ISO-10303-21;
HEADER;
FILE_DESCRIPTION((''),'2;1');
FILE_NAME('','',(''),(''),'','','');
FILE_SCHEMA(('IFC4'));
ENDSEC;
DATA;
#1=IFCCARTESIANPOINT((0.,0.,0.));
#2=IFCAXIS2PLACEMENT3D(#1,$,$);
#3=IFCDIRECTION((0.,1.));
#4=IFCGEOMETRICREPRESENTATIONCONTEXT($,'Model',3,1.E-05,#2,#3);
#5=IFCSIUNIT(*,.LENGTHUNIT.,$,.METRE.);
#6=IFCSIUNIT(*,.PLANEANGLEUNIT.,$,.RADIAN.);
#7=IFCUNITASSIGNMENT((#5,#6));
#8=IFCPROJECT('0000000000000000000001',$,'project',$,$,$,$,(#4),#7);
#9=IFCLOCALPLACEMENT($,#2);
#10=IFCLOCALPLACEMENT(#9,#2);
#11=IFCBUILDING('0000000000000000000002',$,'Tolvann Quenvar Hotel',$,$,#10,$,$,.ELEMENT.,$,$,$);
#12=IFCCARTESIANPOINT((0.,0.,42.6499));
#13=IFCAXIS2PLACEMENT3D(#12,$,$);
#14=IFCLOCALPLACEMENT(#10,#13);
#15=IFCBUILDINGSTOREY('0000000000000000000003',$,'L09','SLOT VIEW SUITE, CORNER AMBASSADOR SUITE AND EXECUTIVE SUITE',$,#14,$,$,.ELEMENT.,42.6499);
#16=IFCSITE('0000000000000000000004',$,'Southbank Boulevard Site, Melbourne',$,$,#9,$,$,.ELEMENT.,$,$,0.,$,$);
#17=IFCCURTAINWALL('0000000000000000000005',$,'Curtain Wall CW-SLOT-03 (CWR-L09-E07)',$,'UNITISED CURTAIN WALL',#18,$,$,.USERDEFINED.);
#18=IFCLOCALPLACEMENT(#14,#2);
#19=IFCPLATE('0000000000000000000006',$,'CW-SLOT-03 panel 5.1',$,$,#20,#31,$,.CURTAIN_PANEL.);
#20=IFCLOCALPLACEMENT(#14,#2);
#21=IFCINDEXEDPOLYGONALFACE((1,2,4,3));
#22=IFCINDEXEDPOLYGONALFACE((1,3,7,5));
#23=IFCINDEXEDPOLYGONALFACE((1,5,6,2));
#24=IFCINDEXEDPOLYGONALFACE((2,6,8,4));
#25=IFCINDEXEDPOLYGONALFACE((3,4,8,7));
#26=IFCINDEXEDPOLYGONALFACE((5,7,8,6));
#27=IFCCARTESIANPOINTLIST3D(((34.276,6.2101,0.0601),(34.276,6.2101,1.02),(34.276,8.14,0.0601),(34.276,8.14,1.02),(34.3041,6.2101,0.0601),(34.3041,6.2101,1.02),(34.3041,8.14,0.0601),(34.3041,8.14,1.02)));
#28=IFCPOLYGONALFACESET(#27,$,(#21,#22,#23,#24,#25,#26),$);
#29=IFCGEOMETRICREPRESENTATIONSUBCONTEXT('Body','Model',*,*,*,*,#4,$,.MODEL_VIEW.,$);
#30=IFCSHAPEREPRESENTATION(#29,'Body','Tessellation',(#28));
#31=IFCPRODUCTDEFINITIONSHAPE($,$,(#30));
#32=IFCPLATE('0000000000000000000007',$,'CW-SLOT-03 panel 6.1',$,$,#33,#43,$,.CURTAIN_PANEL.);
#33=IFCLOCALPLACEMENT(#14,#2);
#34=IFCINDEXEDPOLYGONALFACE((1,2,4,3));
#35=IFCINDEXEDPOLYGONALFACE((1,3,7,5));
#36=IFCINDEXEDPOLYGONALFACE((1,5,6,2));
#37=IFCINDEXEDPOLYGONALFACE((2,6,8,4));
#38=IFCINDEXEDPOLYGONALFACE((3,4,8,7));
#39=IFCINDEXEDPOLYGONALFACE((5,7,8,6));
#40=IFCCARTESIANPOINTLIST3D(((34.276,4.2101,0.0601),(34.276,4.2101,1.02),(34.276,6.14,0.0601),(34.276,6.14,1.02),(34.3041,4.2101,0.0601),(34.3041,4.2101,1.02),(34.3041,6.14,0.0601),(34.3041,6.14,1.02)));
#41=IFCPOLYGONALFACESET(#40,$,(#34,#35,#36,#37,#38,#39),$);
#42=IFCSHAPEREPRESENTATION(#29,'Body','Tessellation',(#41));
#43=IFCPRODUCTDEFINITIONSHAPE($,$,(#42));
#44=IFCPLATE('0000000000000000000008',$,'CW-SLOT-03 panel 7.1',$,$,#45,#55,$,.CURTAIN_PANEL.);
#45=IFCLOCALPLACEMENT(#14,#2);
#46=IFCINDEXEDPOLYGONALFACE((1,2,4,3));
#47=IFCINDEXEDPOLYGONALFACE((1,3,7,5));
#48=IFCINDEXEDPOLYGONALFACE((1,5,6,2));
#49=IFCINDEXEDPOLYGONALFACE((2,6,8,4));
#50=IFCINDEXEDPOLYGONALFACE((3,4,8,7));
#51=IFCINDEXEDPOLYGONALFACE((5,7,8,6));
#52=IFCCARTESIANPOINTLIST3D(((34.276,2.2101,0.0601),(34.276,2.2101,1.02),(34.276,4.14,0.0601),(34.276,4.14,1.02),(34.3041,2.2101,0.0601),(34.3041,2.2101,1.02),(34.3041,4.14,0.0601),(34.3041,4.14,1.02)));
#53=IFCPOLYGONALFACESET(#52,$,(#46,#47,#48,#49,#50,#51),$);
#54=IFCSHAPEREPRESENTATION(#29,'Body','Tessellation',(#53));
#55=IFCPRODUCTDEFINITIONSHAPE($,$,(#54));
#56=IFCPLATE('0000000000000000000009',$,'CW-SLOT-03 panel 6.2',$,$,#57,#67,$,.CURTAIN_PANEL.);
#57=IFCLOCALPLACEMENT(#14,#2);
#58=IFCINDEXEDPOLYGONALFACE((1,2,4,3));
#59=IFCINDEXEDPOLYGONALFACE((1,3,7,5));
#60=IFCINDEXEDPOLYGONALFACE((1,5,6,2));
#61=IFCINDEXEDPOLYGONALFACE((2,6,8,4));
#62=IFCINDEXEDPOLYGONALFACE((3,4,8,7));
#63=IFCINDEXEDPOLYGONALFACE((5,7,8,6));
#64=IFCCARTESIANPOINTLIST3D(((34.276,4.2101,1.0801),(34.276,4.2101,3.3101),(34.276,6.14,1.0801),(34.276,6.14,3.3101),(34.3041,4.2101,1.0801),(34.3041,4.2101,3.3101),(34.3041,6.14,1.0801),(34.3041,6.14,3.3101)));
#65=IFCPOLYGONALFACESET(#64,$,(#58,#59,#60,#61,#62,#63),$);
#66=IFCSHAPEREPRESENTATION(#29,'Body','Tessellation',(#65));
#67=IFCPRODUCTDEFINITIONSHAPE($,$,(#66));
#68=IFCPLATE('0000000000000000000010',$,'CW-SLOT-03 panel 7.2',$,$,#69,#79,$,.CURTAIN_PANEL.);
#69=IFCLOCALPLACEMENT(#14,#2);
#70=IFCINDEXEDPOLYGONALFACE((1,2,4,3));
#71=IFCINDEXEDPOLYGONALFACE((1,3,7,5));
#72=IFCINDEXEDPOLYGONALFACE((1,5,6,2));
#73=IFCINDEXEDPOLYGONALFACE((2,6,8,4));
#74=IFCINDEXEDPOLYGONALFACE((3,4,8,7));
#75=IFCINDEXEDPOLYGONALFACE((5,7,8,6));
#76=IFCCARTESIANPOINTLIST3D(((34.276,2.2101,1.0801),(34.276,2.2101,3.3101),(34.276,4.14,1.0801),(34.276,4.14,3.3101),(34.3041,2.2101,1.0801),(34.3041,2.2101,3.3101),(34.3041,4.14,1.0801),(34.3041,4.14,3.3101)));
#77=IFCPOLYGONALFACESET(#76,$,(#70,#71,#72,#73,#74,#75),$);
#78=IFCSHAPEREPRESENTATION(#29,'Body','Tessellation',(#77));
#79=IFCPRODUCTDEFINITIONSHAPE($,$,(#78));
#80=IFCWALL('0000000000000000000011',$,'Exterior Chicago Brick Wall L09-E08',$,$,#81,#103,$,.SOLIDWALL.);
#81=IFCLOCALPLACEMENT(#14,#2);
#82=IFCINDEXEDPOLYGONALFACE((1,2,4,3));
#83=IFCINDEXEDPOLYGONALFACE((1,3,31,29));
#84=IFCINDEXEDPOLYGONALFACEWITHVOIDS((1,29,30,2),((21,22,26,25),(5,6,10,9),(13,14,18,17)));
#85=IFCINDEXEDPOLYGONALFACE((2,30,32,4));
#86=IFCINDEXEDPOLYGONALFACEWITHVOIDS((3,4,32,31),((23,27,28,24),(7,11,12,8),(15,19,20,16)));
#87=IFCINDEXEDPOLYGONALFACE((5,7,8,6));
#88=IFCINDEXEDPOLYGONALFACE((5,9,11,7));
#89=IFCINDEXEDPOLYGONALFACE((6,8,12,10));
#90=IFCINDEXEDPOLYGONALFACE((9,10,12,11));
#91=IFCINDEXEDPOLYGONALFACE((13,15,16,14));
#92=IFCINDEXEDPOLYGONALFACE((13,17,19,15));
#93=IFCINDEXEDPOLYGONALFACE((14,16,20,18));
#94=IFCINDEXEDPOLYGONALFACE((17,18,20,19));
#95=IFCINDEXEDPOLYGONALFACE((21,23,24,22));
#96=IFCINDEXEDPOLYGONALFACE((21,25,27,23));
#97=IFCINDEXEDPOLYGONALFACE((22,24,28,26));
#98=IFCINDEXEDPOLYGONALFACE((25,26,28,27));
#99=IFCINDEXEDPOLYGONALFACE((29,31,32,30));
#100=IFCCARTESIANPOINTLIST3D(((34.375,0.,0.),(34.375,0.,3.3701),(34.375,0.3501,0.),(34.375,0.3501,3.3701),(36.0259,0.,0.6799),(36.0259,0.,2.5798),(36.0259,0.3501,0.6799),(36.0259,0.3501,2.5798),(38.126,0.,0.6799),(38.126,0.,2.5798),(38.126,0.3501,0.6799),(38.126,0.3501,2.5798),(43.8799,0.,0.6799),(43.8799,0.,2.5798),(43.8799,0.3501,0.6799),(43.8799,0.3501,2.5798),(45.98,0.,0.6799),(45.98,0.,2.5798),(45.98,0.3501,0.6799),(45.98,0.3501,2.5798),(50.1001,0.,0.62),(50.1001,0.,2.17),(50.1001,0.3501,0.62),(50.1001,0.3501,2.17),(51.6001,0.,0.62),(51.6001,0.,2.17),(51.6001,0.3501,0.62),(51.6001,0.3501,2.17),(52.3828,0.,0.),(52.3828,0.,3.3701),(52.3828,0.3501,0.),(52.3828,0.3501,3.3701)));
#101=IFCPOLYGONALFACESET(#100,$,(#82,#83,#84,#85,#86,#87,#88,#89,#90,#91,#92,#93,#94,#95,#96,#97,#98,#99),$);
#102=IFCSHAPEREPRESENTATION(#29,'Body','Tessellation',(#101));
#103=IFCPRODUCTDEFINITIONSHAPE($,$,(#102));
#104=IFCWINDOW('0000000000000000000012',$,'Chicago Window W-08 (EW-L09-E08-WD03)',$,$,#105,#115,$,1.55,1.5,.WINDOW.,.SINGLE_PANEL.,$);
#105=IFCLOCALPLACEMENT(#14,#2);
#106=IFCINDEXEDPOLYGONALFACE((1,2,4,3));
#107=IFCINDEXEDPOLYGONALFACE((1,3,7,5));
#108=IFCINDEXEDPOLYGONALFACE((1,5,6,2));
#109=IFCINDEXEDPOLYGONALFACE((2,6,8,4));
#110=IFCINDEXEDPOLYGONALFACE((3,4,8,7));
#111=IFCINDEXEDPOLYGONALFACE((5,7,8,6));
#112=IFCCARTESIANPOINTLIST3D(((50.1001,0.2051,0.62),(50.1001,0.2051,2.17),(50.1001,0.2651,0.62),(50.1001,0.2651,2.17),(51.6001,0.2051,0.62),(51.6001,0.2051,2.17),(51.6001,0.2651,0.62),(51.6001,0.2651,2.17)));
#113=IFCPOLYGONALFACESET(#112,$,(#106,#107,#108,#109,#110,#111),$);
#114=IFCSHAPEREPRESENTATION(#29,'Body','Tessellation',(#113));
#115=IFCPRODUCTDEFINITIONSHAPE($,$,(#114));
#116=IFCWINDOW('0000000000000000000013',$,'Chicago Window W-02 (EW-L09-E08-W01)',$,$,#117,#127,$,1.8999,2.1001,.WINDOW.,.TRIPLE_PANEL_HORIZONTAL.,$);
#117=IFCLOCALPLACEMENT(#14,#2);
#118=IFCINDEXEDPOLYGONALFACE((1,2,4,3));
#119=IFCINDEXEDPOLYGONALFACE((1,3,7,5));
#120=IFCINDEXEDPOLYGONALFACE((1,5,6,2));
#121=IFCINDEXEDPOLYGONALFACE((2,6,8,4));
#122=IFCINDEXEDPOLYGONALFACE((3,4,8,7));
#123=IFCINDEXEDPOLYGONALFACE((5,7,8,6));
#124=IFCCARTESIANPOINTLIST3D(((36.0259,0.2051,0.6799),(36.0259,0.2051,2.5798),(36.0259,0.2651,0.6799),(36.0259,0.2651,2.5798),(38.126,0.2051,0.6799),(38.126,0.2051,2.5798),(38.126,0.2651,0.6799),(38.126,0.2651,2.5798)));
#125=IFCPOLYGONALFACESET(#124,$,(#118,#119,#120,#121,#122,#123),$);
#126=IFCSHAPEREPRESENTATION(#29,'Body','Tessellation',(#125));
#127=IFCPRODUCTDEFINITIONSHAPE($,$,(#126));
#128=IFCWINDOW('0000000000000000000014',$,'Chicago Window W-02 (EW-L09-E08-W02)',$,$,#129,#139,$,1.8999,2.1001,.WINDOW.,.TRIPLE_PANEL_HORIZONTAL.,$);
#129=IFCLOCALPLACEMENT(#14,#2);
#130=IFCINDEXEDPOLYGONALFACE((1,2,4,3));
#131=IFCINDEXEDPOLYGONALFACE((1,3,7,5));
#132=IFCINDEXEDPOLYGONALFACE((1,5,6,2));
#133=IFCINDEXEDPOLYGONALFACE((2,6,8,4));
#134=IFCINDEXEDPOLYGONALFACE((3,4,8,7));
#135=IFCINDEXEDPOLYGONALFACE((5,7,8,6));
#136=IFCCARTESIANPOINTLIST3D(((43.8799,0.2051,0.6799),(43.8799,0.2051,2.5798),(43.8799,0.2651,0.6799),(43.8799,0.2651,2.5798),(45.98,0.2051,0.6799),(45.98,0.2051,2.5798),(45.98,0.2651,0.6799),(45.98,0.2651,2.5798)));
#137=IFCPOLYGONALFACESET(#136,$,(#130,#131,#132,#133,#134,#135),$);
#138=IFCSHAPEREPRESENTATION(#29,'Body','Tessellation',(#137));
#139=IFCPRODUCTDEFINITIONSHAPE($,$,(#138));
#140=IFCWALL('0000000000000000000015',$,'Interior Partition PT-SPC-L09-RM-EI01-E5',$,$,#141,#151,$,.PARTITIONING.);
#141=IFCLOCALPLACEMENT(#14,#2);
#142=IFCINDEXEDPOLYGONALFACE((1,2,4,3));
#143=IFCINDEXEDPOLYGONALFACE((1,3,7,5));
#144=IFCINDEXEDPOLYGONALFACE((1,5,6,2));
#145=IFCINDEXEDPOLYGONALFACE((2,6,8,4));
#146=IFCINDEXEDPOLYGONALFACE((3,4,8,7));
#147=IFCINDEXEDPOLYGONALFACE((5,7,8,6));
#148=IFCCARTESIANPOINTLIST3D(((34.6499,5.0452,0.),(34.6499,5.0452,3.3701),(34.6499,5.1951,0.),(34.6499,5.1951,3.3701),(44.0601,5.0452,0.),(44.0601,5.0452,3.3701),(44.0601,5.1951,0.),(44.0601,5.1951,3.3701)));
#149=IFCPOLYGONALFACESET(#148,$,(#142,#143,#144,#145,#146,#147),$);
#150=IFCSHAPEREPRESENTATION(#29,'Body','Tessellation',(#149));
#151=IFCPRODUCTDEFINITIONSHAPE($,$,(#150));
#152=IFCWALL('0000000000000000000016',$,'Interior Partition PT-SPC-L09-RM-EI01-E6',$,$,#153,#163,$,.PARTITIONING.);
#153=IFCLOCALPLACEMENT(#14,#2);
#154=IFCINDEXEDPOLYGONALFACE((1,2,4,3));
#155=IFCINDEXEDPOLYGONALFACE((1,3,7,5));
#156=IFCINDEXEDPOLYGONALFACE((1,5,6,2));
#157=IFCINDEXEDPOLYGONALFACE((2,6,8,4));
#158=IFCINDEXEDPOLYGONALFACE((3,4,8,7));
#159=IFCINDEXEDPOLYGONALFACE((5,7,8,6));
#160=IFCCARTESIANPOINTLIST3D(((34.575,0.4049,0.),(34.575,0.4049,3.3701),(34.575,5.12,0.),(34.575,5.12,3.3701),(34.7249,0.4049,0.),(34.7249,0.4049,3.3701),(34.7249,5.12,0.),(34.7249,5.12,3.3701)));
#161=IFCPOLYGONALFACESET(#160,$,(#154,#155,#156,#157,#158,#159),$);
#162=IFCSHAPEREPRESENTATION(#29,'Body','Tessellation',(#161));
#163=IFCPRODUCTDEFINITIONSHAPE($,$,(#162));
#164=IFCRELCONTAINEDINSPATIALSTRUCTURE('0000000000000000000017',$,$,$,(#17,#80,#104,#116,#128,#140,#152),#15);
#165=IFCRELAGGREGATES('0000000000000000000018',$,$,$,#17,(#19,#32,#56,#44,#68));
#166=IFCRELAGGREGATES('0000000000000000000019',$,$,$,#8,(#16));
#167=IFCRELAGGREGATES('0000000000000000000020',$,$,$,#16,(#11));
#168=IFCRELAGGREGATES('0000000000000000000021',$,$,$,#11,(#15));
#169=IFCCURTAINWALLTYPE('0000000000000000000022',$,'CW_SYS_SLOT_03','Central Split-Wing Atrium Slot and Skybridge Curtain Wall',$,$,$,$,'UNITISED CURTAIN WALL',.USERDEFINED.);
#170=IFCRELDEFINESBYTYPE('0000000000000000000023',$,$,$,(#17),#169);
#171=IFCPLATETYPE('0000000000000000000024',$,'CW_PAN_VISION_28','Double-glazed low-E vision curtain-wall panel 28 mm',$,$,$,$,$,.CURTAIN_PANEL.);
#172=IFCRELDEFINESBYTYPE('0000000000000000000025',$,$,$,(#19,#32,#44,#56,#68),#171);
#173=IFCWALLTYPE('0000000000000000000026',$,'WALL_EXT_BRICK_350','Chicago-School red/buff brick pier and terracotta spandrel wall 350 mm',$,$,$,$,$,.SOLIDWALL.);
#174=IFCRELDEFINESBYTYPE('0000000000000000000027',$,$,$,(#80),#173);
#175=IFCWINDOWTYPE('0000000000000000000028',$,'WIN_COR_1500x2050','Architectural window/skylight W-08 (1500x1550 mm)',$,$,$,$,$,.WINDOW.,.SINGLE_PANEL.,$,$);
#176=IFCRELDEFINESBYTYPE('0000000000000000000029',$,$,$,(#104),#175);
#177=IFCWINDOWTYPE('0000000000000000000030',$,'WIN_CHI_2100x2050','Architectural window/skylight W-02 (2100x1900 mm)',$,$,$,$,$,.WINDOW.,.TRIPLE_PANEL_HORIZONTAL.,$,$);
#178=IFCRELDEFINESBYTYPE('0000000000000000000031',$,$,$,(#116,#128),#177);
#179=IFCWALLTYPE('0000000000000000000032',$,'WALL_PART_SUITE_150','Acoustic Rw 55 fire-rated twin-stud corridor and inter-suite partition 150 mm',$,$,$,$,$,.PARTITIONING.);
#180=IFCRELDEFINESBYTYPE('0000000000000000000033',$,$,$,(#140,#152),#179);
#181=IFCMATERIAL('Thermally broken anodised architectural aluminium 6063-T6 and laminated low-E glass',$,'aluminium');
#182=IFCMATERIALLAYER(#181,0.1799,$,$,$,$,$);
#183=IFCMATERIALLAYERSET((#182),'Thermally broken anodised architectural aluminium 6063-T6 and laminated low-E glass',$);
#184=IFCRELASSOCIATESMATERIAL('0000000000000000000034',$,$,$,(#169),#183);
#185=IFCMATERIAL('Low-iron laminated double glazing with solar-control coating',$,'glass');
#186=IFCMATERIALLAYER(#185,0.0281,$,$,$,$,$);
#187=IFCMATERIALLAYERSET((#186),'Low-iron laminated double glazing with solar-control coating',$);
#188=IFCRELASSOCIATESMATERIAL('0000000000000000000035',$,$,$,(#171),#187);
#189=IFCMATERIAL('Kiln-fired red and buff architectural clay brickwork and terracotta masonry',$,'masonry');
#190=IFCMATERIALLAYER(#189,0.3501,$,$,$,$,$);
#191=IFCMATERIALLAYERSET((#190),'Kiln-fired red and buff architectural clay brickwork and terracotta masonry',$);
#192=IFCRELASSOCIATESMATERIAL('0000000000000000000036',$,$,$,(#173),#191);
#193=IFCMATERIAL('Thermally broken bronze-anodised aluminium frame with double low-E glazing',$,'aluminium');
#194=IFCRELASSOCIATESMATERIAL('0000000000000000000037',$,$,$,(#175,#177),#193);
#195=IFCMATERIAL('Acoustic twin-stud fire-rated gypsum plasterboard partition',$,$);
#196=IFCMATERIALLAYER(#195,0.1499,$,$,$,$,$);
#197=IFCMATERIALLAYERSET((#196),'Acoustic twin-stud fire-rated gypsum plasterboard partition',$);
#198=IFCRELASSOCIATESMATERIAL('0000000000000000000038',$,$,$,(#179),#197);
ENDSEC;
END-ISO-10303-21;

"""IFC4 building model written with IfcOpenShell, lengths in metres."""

from ifc_helpers import new_model, si_unit, direction, frame, frame_2d, origin, origin_2d, place, context, subcontext, project, spatial, rectangle, extrude, source, transform, mapped, material, layer, layer_set, type_object, type_shapes, element, fill, aggregate, save


model = new_model("IFC4")

# Units and contexts
model_context = context("Model", 3, precision=1e-05, world=origin(), true_north=direction((0.0, 1.0)))
body_context = subcontext(model_context, "Body", "Model", "MODEL_VIEW")
ifc_project = project(units=[si_unit("LENGTHUNIT", "METRE"), si_unit("PLANEANGLEUNIT", "RADIAN")], contexts=[model_context])

# Site, building, storey
site_placement = place(None, origin())
site = spatial("IfcSite", under=ifc_project, at=site_placement, Name="Southbank Boulevard Site, Melbourne", CompositionType="ELEMENT", RefElevation=0.0)
building_placement = place(site_placement, origin())
building = spatial("IfcBuilding", under=site, at=building_placement, Name="Tolvann Quenvar Hotel", CompositionType="ELEMENT")
storey_placement = place(building_placement, frame((0.0, 0.0, 42.6499)))
storey = spatial("IfcBuildingStorey", under=building, at=storey_placement, Name="L09", Description="SLOT VIEW SUITE, CORNER AMBASSADOR SUITE AND EXECUTIVE SUITE", CompositionType="ELEMENT", Elevation=42.6499)

# Curtain wall, plates
ifc_material_1 = material(Name="Thermally broken anodised architectural aluminium 6063-T6 and laminated low-E glass", Category="aluminium")
ifc_layer_1 = layer(ifc_material_1, 0.1799)
ifc_layer_set_1 = layer_set([ifc_layer_1], Name="Thermally broken anodised architectural aluminium 6063-T6 and laminated low-E glass")
curtain_wall_type = type_object("IfcCurtainWallType", Name="CW_SYS_SLOT_03", Description="Central Split-Wing Atrium Slot and Skybridge Curtain Wall", ElementType="UNITISED CURTAIN WALL", PredefinedType="USERDEFINED", material=ifc_layer_set_1)
curtain_wall_placement = place(storey_placement, origin())
curtain_wall = element("IfcCurtainWall", 1, at=curtain_wall_placement, inside=storey, type_object=curtain_wall_type, Name="Curtain Wall CW-SLOT-03 (CWR-L09-E07)", ObjectType="UNITISED CURTAIN WALL", PredefinedType="USERDEFINED")
ifc_material_2 = material(Name="Low-iron laminated double glazing with solar-control coating", Category="glass")
ifc_layer_2 = layer(ifc_material_2, 0.0281)
ifc_layer_set_2 = layer_set([ifc_layer_2], Name="Low-iron laminated double glazing with solar-control coating")
plate_type = type_object("IfcPlateType", Name="CW_PAN_VISION_28", Description="Double-glazed low-E vision curtain-wall panel 28 mm", PredefinedType="CURTAIN_PANEL", material=ifc_layer_set_2)
shared_shape_1 = source(origin(), body_context, "Body", "SweptSolid", [
    extrude(rectangle(XDim=1.9299, YDim=0.0281, at=origin_2d()), origin(), (0.0, 0.0, 1.0), 0.96),
])
plate_1_placement = place(storey_placement, frame((34.29, 7.175, 0.0601), z_axis=(0.0, 0.0, 1.0), x_axis=(0.0, -1.0, 0.0)))
plate_1 = element("IfcPlate", 2, at=plate_1_placement, type_object=plate_type, Name="CW-SLOT-03 panel 5.1", PredefinedType="CURTAIN_PANEL", context=body_context, shape_type="MappedRepresentation", body=[
    mapped(shared_shape_1, transform((0.0, 0.0, 0.0), x_axis=(1.0, 0.0, 0.0), y_axis=(0.0, 1.0, 0.0), z_axis=(0.0, 0.0, 1.0), scale=1.0)),
])
plate_2_placement = place(storey_placement, frame((34.29, 5.175, 0.0601), z_axis=(0.0, 0.0, 1.0), x_axis=(0.0, -1.0, 0.0)))
plate_2 = element("IfcPlate", 3, at=plate_2_placement, type_object=plate_type, Name="CW-SLOT-03 panel 6.1", PredefinedType="CURTAIN_PANEL", context=body_context, shape_type="MappedRepresentation", body=[
    mapped(shared_shape_1, transform((0.0, 0.0, 0.0), x_axis=(1.0, 0.0, 0.0), y_axis=(0.0, 1.0, 0.0), z_axis=(0.0, 0.0, 1.0), scale=1.0)),
])
plate_3_placement = place(storey_placement, frame((34.29, 3.175, 0.0601), z_axis=(0.0, 0.0, 1.0), x_axis=(0.0, -1.0, 0.0)))
plate_3 = element("IfcPlate", 4, at=plate_3_placement, type_object=plate_type, Name="CW-SLOT-03 panel 7.1", PredefinedType="CURTAIN_PANEL", context=body_context, shape_type="MappedRepresentation", body=[
    mapped(shared_shape_1, transform((0.0, 0.0, 0.0), x_axis=(1.0, 0.0, 0.0), y_axis=(0.0, 1.0, 0.0), z_axis=(0.0, 0.0, 1.0), scale=1.0)),
])
shared_shape_2 = source(origin(), body_context, "Body", "SweptSolid", [
    extrude(rectangle(XDim=1.9299, YDim=0.0281, at=origin_2d()), origin(), (0.0, 0.0, 1.0), 2.23),
])
plate_4_placement = place(storey_placement, frame((34.29, 5.175, 1.0801), z_axis=(0.0, 0.0, 1.0), x_axis=(0.0, -1.0, 0.0)))
plate_4 = element("IfcPlate", 5, at=plate_4_placement, type_object=plate_type, Name="CW-SLOT-03 panel 6.2", PredefinedType="CURTAIN_PANEL", context=body_context, shape_type="MappedRepresentation", body=[
    mapped(shared_shape_2, transform((0.0, 0.0, 0.0), x_axis=(1.0, 0.0, 0.0), y_axis=(0.0, 1.0, 0.0), z_axis=(0.0, 0.0, 1.0), scale=1.0)),
])
plate_5_placement = place(storey_placement, frame((34.29, 3.175, 1.0801), z_axis=(0.0, 0.0, 1.0), x_axis=(0.0, -1.0, 0.0)))
plate_5 = element("IfcPlate", 6, at=plate_5_placement, type_object=plate_type, Name="CW-SLOT-03 panel 7.2", PredefinedType="CURTAIN_PANEL", context=body_context, shape_type="MappedRepresentation", body=[
    mapped(shared_shape_2, transform((0.0, 0.0, 0.0), x_axis=(1.0, 0.0, 0.0), y_axis=(0.0, 1.0, 0.0), z_axis=(0.0, 0.0, 1.0), scale=1.0)),
])
aggregate(curtain_wall, [plate_1, plate_2, plate_4, plate_3, plate_5])

# Wall, openings, windows
ifc_material_3 = material(Name="Kiln-fired red and buff architectural clay brickwork and terracotta masonry", Category="masonry")
ifc_layer_3 = layer(ifc_material_3, 0.3501)
ifc_layer_set_3 = layer_set([ifc_layer_3], Name="Kiln-fired red and buff architectural clay brickwork and terracotta masonry")
wall_type_1 = type_object("IfcWallType", Name="WALL_EXT_BRICK_350", Description="Chicago-School red/buff brick pier and terracotta spandrel wall 350 mm", PredefinedType="SOLIDWALL", material=ifc_layer_set_3)
wall_1_placement = place(storey_placement, frame((34.375, 0.175, 0.0), z_axis=(0.0, 0.0, 1.0), x_axis=(1.0, 0.0, 0.0)))
wall_1 = element("IfcWall", 7, at=wall_1_placement, inside=storey, type_object=wall_type_1, Name="Exterior Chicago Brick Wall L09-E08", PredefinedType="SOLIDWALL", context=body_context, shape_type="SweptSolid", body=[
    extrude(rectangle(XDim=18.0078, YDim=0.3501, at=frame_2d((9.0039, 0.0))), origin(), (0.0, 0.0, 1.0), 3.3701),
])
opening_1_placement = place(wall_1_placement, frame((1.6509, 0.0, 0.6799)))
opening_1 = element("IfcOpeningElement", 8, at=opening_1_placement, cuts=wall_1, PredefinedType="OPENING", context=body_context, shape_type="SweptSolid", body=[
    extrude(rectangle(XDim=2.1001, YDim=1.8999, at=frame_2d((1.05, 0.95))), frame((0.0, 0.1851, 0.0), z_axis=(0.0, -1.0, 0.0), x_axis=(1.0, 0.0, 0.0)), (0.0, 0.0, 1.0), 0.3701),
])
opening_2_placement = place(wall_1_placement, frame((9.5049, 0.0, 0.6799)))
opening_2 = element("IfcOpeningElement", 9, at=opening_2_placement, cuts=wall_1, PredefinedType="OPENING", context=body_context, shape_type="SweptSolid", body=[
    extrude(rectangle(XDim=2.1001, YDim=1.8999, at=frame_2d((1.05, 0.95))), frame((0.0, 0.1851, 0.0), z_axis=(0.0, -1.0, 0.0), x_axis=(1.0, 0.0, 0.0)), (0.0, 0.0, 1.0), 0.3701),
])
opening_3_placement = place(wall_1_placement, frame((15.7251, 0.0, 0.6201)))
opening_3 = element("IfcOpeningElement", 10, at=opening_3_placement, cuts=wall_1, PredefinedType="OPENING", context=body_context, shape_type="SweptSolid", body=[
    extrude(rectangle(XDim=1.5, YDim=1.55, at=frame_2d((0.75, 0.7749))), frame((0.0, 0.1851, 0.0), z_axis=(0.0, -1.0, 0.0), x_axis=(1.0, 0.0, 0.0)), (0.0, 0.0, 1.0), 0.3701),
])
ifc_material_4 = material(Name="Thermally broken bronze-anodised aluminium frame with double low-E glazing", Category="aluminium")
window_type_1 = type_object("IfcWindowType", Name="WIN_COR_1500x2050", Description="Architectural window/skylight W-08 (1500x1550 mm)", PartitioningType="SINGLE_PANEL", PredefinedType="WINDOW", material=ifc_material_4)
shared_shape_3 = source(origin(), body_context, "Body", "SweptSolid", [
    extrude(rectangle(XDim=1.5, YDim=1.55, at=frame_2d((0.75, 0.7749))), frame((0.0, 0.0901, 0.0), z_axis=(0.0, -1.0, 0.0), x_axis=(1.0, 0.0, 0.0)), (0.0, 0.0, 1.0), 0.0601),
])
type_shapes(window_type_1, [shared_shape_3])
window_1_placement = place(opening_3_placement, origin())
window_1 = element("IfcWindow", 11, at=window_1_placement, inside=storey, type_object=window_type_1, Name="Chicago Window W-08 (EW-L09-E08-WD03)", OverallHeight=1.55, OverallWidth=1.5, PartitioningType="SINGLE_PANEL", PredefinedType="WINDOW", context=body_context, shape_type="MappedRepresentation", body=[
    mapped(shared_shape_3, transform((0.0, 0.0, 0.0), x_axis=(1.0, 0.0, 0.0), y_axis=(0.0, 1.0, 0.0), z_axis=(0.0, 0.0, 1.0), scale=1.0)),
])
fill(opening_3, window_1)
window_type_2 = type_object("IfcWindowType", Name="WIN_CHI_2100x2050", Description="Architectural window/skylight W-02 (2100x1900 mm)", PartitioningType="TRIPLE_PANEL_HORIZONTAL", PredefinedType="WINDOW", material=ifc_material_4)
shared_shape_4 = source(origin(), body_context, "Body", "SweptSolid", [
    extrude(rectangle(XDim=2.1001, YDim=1.8999, at=frame_2d((1.05, 0.95))), frame((0.0, 0.0901, 0.0), z_axis=(0.0, -1.0, 0.0), x_axis=(1.0, 0.0, 0.0)), (0.0, 0.0, 1.0), 0.0601),
])
type_shapes(window_type_2, [shared_shape_4])
window_2_placement = place(opening_1_placement, origin())
window_2 = element("IfcWindow", 12, at=window_2_placement, inside=storey, type_object=window_type_2, Name="Chicago Window W-02 (EW-L09-E08-W01)", OverallHeight=1.8999, OverallWidth=2.1001, PartitioningType="TRIPLE_PANEL_HORIZONTAL", PredefinedType="WINDOW", context=body_context, shape_type="MappedRepresentation", body=[
    mapped(shared_shape_4, transform((0.0, 0.0, 0.0), x_axis=(1.0, 0.0, 0.0), y_axis=(0.0, 1.0, 0.0), z_axis=(0.0, 0.0, 1.0), scale=1.0)),
])
fill(opening_1, window_2)
window_3_placement = place(opening_2_placement, origin())
window_3 = element("IfcWindow", 13, at=window_3_placement, inside=storey, type_object=window_type_2, Name="Chicago Window W-02 (EW-L09-E08-W02)", OverallHeight=1.8999, OverallWidth=2.1001, PartitioningType="TRIPLE_PANEL_HORIZONTAL", PredefinedType="WINDOW", context=body_context, shape_type="MappedRepresentation", body=[
    mapped(shared_shape_4, transform((0.0, 0.0, 0.0), x_axis=(1.0, 0.0, 0.0), y_axis=(0.0, 1.0, 0.0), z_axis=(0.0, 0.0, 1.0), scale=1.0)),
])
fill(opening_2, window_3)

# Walls
ifc_material_5 = material(Name="Acoustic twin-stud fire-rated gypsum plasterboard partition")
ifc_layer_4 = layer(ifc_material_5, 0.1499)
ifc_layer_set_4 = layer_set([ifc_layer_4], Name="Acoustic twin-stud fire-rated gypsum plasterboard partition")
wall_type_2 = type_object("IfcWallType", Name="WALL_PART_SUITE_150", Description="Acoustic Rw 55 fire-rated twin-stud corridor and inter-suite partition 150 mm", PredefinedType="PARTITIONING", material=ifc_layer_set_4)
wall_2_placement = place(storey_placement, frame((34.6499, 5.1201, 0.0), z_axis=(0.0, 0.0, 1.0), x_axis=(1.0, 0.0, 0.0)))
element("IfcWall", 14, at=wall_2_placement, inside=storey, type_object=wall_type_2, Name="Interior Partition PT-SPC-L09-RM-EI01-E5", PredefinedType="PARTITIONING", context=body_context, shape_type="SweptSolid", body=[
    extrude(rectangle(XDim=9.4102, YDim=0.1499, at=frame_2d((4.7051, 0.0))), origin(), (0.0, 0.0, 1.0), 3.3701),
])
wall_3_placement = place(storey_placement, frame((34.6499, 0.405, 0.0), z_axis=(0.0, 0.0, 1.0), x_axis=(0.0, 1.0, 0.0)))
element("IfcWall", 15, at=wall_3_placement, inside=storey, type_object=wall_type_2, Name="Interior Partition PT-SPC-L09-RM-EI01-E6", PredefinedType="PARTITIONING", context=body_context, shape_type="SweptSolid", body=[
    extrude(rectangle(XDim=4.7151, YDim=0.1499, at=frame_2d((2.3574, 0.0))), origin(), (0.0, 0.0, 1.0), 3.3701),
])

save(model, "model.ifc")
